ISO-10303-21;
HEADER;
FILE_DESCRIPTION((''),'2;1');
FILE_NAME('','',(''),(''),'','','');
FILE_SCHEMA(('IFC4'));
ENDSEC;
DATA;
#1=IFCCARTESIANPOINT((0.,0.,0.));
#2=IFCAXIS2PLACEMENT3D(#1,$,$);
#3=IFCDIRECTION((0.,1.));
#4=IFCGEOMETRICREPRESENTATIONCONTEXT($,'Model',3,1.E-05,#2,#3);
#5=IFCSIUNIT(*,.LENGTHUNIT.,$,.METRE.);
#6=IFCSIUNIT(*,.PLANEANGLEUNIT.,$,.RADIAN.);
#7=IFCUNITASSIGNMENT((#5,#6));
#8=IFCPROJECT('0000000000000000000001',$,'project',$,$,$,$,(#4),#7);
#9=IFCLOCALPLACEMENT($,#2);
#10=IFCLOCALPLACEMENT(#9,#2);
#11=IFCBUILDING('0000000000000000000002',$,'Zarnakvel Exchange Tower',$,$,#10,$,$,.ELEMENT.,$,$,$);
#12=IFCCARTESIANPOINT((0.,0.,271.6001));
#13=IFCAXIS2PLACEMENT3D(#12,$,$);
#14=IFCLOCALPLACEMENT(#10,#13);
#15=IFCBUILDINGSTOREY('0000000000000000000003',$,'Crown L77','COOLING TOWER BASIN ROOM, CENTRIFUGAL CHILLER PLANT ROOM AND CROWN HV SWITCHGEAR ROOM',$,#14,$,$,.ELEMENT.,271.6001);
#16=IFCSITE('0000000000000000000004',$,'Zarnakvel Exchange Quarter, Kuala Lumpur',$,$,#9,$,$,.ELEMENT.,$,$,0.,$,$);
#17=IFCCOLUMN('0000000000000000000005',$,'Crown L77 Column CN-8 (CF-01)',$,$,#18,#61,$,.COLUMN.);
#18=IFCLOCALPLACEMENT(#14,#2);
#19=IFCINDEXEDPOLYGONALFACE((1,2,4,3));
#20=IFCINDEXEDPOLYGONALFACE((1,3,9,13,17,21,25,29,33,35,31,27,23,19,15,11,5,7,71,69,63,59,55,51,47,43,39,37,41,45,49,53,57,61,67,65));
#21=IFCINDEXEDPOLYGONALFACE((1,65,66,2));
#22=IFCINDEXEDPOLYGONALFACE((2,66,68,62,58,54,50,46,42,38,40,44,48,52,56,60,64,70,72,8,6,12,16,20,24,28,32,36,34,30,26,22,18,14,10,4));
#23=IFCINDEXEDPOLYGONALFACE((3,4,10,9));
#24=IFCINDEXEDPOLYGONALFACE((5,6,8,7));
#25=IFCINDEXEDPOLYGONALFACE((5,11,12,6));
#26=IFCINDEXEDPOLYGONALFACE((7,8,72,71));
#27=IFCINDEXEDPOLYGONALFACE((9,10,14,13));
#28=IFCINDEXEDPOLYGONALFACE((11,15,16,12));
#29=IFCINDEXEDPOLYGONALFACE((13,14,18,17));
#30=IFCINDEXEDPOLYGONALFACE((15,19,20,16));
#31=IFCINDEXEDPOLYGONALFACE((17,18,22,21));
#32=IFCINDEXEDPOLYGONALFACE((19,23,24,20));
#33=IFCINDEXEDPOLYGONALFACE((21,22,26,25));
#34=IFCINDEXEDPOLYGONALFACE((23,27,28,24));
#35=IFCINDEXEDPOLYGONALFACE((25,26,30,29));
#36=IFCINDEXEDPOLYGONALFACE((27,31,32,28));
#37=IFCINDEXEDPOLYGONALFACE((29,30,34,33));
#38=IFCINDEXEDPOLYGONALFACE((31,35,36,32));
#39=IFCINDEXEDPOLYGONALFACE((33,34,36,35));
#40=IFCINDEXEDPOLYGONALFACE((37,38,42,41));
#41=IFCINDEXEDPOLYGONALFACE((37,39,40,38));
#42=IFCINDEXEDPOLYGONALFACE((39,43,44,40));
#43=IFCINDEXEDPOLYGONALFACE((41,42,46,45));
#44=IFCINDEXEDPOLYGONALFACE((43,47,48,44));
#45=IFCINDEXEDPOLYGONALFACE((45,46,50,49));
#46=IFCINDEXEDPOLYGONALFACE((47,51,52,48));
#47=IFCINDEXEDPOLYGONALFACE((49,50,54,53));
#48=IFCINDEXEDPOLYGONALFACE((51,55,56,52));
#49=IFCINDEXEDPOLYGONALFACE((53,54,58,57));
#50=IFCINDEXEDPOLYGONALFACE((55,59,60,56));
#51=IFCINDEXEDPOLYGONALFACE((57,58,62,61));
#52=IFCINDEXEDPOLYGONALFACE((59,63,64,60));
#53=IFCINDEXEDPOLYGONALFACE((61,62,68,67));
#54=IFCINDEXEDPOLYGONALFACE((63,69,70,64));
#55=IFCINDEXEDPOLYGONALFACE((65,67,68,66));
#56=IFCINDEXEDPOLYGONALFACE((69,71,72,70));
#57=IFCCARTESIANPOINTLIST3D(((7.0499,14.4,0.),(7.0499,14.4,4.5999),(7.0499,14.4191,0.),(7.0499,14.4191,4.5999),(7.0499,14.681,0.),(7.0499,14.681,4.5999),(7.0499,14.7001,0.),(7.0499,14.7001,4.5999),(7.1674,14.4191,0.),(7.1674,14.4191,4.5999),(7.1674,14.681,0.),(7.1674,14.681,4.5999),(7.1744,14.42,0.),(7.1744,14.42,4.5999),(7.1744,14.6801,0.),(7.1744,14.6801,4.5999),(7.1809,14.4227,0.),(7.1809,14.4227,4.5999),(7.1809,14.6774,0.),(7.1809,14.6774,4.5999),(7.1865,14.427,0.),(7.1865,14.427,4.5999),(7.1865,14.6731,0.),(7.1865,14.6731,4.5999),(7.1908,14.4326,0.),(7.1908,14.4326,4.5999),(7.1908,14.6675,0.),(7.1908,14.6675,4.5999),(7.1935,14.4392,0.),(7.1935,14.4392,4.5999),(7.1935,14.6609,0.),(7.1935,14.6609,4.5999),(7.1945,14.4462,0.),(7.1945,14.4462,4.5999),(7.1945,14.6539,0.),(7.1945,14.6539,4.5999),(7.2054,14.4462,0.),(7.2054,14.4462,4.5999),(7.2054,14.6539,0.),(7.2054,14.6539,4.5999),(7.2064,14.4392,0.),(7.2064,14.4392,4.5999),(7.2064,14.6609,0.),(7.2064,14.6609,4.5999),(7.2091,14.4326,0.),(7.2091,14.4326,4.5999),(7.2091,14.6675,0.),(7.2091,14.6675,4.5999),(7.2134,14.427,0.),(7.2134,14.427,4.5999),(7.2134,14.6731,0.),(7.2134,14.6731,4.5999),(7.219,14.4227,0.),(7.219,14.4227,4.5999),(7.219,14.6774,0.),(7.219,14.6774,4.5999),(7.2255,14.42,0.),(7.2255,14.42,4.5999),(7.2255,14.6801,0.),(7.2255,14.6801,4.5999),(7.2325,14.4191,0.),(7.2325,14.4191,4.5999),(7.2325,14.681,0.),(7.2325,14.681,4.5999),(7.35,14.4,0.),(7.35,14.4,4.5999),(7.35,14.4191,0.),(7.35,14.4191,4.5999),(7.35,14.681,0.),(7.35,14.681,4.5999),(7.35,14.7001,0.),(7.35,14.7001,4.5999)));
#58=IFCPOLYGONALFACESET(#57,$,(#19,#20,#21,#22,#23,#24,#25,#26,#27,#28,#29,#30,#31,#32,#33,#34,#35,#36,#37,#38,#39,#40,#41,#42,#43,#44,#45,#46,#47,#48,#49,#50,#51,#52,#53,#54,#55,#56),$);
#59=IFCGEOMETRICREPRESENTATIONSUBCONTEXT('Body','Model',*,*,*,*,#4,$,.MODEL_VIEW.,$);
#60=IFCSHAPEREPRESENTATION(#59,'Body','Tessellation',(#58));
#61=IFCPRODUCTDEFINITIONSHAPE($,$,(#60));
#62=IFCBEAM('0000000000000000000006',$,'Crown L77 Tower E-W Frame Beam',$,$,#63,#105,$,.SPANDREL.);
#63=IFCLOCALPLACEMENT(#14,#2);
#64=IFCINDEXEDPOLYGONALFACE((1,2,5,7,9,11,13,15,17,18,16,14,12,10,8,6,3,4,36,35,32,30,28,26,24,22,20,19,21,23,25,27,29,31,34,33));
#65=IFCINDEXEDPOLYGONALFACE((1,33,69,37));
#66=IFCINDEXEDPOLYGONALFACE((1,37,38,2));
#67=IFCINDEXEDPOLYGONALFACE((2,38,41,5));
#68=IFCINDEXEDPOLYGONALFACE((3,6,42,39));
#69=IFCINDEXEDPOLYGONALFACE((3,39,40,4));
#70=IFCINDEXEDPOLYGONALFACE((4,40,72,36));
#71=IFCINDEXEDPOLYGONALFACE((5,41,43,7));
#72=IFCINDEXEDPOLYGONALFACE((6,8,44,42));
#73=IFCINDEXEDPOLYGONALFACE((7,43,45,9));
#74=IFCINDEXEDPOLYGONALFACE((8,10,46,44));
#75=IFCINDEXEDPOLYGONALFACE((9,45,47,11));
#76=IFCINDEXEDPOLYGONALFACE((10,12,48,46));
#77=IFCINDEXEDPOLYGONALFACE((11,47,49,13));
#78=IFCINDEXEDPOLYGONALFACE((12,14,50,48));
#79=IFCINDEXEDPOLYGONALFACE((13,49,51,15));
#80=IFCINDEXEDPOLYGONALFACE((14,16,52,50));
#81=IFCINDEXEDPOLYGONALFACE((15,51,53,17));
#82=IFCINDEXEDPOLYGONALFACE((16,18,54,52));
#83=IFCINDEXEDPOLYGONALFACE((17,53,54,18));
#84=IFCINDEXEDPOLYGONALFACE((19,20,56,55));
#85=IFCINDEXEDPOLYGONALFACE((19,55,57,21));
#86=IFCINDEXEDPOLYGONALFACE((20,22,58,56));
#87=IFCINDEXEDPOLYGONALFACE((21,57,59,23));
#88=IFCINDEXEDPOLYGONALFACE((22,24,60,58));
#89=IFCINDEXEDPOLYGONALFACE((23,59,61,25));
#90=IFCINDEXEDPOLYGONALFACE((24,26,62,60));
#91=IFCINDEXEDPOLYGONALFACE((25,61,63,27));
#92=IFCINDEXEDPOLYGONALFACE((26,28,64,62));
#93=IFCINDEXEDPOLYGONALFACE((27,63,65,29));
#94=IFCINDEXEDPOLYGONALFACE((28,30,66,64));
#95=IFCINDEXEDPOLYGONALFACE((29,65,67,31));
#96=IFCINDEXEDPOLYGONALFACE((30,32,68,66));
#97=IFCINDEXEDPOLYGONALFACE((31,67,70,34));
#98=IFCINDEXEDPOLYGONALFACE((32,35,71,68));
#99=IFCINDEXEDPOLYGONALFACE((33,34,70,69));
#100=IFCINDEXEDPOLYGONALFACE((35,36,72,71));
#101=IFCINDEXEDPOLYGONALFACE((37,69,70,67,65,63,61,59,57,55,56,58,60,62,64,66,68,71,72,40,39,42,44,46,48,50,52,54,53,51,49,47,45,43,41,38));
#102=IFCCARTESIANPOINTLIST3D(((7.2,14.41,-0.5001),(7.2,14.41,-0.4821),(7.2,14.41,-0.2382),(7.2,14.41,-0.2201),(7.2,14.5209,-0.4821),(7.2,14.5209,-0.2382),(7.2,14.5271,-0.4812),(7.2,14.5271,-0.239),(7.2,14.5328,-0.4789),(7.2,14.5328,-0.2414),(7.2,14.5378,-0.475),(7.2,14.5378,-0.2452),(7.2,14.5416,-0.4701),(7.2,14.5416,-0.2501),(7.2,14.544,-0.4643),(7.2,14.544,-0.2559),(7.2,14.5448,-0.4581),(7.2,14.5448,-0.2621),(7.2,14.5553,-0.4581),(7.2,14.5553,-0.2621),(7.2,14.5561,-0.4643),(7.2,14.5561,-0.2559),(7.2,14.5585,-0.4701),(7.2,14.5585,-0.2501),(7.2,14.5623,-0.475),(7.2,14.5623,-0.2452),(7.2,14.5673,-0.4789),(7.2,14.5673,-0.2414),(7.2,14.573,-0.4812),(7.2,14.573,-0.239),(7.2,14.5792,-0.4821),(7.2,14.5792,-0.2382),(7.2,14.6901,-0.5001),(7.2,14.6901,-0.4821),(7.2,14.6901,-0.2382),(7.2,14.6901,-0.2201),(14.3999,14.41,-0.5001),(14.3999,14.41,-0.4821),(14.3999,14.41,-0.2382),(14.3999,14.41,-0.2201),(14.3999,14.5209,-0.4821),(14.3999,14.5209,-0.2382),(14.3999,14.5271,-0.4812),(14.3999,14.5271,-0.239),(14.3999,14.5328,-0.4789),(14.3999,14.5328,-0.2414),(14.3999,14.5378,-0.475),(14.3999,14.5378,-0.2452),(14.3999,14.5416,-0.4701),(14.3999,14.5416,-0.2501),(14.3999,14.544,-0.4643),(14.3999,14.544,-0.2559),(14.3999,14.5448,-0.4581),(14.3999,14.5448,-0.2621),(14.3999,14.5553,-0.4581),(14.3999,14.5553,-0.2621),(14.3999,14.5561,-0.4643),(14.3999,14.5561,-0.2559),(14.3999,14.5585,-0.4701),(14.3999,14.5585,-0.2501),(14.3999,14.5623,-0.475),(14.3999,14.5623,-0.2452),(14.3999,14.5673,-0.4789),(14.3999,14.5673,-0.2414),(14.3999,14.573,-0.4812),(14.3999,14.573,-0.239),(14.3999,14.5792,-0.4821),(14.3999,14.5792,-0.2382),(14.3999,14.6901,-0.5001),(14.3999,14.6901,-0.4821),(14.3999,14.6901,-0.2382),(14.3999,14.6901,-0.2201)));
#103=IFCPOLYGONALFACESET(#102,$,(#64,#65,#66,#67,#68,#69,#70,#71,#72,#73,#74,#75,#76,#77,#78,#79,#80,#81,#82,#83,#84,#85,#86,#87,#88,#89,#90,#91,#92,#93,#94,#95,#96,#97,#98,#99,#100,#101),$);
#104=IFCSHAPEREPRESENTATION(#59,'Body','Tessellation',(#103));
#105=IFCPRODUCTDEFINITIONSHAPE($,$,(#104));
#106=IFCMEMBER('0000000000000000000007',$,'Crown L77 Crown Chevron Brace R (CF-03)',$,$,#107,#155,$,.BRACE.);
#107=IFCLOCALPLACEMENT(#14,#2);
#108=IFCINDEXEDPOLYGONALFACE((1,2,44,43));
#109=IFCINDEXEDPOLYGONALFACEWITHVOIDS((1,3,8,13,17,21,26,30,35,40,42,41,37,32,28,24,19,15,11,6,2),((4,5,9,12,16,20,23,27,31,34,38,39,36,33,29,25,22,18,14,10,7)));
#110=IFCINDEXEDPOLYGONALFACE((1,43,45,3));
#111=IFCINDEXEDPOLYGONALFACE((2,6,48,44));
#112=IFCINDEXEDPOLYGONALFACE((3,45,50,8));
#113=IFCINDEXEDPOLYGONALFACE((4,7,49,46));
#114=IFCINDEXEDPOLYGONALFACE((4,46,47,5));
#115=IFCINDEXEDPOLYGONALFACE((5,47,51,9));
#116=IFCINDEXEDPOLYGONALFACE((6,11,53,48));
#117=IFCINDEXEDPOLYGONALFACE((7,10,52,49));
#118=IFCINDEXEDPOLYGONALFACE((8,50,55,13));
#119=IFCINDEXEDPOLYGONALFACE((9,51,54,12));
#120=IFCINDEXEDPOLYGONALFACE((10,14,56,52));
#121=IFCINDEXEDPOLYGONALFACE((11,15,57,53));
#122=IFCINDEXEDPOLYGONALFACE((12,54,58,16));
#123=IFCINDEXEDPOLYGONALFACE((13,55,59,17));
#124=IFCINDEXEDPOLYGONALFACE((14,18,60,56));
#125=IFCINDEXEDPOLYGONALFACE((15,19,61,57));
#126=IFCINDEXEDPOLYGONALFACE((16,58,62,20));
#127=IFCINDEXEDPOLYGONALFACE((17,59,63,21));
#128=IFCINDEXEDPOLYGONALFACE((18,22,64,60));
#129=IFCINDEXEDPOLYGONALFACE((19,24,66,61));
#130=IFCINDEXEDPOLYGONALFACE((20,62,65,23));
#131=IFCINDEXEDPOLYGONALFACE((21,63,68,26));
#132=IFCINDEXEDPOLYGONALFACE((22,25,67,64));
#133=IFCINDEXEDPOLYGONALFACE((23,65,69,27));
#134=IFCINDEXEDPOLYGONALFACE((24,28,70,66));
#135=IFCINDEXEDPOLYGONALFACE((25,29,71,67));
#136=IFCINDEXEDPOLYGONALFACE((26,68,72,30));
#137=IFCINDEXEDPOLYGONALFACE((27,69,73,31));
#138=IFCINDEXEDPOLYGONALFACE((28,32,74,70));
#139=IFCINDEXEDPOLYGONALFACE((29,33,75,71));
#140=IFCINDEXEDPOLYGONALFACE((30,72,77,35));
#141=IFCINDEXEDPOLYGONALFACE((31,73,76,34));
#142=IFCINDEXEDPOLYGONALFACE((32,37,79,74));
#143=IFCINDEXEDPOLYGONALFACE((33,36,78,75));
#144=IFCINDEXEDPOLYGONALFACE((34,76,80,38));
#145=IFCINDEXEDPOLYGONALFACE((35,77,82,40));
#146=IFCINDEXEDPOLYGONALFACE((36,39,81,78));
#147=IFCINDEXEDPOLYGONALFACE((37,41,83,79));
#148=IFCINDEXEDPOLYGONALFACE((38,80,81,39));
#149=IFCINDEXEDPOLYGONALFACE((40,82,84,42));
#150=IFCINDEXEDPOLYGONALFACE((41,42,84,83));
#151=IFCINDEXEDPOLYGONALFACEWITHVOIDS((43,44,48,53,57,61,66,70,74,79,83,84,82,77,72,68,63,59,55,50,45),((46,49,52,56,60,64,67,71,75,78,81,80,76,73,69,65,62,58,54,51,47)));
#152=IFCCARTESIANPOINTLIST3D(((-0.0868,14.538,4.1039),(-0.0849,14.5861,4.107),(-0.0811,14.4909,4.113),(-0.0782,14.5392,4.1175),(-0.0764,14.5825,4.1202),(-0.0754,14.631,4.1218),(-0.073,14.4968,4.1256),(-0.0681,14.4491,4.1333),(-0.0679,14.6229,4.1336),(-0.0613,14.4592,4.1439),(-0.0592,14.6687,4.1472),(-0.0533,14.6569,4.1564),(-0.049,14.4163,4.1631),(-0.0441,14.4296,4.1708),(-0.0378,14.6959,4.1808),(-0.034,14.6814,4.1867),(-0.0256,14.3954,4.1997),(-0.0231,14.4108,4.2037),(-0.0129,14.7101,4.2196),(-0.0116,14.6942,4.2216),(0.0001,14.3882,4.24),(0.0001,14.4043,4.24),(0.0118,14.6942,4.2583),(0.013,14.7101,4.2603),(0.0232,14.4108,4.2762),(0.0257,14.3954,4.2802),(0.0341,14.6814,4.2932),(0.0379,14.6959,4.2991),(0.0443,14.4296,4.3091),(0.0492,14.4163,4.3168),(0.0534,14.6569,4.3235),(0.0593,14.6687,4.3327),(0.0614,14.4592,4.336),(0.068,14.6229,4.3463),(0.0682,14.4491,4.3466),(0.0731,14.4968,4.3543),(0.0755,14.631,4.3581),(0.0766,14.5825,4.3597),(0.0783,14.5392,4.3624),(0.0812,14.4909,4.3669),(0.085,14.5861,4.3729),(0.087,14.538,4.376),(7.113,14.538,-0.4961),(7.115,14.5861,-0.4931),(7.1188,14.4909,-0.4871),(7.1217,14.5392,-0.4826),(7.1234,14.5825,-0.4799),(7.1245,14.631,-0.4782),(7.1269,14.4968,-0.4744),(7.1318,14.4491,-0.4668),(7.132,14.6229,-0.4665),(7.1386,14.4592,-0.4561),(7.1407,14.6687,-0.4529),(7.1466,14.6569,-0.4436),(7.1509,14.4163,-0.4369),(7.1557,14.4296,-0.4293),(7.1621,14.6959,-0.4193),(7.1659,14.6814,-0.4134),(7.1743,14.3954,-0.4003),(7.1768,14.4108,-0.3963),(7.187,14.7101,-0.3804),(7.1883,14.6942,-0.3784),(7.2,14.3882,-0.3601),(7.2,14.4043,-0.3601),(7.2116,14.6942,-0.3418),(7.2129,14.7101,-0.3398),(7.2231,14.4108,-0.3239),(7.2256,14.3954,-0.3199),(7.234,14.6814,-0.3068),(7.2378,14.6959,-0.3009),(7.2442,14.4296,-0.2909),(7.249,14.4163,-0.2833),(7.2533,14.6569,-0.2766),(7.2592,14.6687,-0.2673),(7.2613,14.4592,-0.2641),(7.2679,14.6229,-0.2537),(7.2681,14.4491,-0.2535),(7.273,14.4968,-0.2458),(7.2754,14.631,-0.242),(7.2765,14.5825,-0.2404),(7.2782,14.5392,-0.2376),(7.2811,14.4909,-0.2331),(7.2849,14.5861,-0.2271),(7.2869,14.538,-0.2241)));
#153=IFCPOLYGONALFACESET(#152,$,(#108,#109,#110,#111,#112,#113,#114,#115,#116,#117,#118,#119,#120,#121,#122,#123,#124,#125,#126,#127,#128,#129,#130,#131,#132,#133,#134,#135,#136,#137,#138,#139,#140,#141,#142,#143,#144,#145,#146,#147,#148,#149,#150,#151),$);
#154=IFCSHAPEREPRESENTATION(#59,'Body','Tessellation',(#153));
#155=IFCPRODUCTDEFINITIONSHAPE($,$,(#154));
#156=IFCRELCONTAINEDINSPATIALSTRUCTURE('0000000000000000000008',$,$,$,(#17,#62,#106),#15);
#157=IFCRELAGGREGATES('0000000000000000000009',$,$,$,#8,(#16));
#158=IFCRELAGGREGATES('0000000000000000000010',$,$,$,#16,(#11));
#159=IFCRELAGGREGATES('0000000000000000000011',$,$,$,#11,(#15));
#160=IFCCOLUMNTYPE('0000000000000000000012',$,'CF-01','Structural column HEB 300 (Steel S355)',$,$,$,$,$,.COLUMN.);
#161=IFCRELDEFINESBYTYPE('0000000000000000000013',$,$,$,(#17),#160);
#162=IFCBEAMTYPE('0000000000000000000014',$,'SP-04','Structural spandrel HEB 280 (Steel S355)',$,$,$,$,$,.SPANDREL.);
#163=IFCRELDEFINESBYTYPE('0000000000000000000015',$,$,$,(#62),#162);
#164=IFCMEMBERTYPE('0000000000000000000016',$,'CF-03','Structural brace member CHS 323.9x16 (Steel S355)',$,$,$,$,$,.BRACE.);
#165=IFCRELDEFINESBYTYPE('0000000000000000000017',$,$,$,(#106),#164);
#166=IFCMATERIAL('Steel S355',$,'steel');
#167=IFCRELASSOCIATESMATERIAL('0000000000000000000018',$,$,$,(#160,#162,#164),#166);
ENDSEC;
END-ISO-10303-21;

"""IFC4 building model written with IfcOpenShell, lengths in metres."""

from ifc_helpers import new_model, si_unit, direction, frame, origin, origin_2d, place, context, subcontext, project, spatial, hollow_circle, i_section, extrude, source, transform, mapped, material, material_profile, profile_set, type_object, element, save


model = new_model("IFC4")

# Units and contexts
model_context = context("Model", 3, precision=1e-05, world=origin(), true_north=direction((0.0, 1.0)))
body_context = subcontext(model_context, "Body", "Model", "MODEL_VIEW")
ifc_project = project(units=[si_unit("LENGTHUNIT", "METRE"), si_unit("PLANEANGLEUNIT", "RADIAN")], contexts=[model_context])

# Site, building, storey
site_placement = place(None, origin())
site = spatial("IfcSite", under=ifc_project, at=site_placement, Name="Zarnakvel Exchange Quarter, Kuala Lumpur", CompositionType="ELEMENT", RefElevation=0.0)
building_placement = place(site_placement, origin())
building = spatial("IfcBuilding", under=site, at=building_placement, Name="Zarnakvel Exchange Tower", CompositionType="ELEMENT")
storey_placement = place(building_placement, frame((0.0, 0.0, 271.6001)))
storey = spatial("IfcBuildingStorey", under=building, at=storey_placement, Name="Crown L77", Description="COOLING TOWER BASIN ROOM, CENTRIFUGAL CHILLER PLANT ROOM AND CROWN HV SWITCHGEAR ROOM", CompositionType="ELEMENT", Elevation=271.6001)

# Column
ifc_material_1 = material(Name="Steel S355", Category="steel")
ifc_material_profile_1 = material_profile(ifc_material_1, i_section(OverallWidth=0.3, OverallDepth=0.3, WebThickness=0.011, FlangeThickness=0.019, FilletRadius=0.0271, at=origin_2d()))
ifc_profile_set_1 = profile_set([ifc_material_profile_1], Name="Steel S355")
column_type = type_object("IfcColumnType", Name="CF-01", Description="Structural column HEB 300 (Steel S355)", PredefinedType="COLUMN", material=ifc_profile_set_1)
column_placement = place(storey_placement, frame((7.2, 14.55, 0.0), z_axis=(0.0, 0.0, 1.0), x_axis=(1.0, 0.0, 0.0)))
element("IfcColumn", 1, at=column_placement, inside=storey, type_object=column_type, Name="Crown L77 Column CN-8 (CF-01)", PredefinedType="COLUMN", context=body_context, shape_type="SweptSolid", body=[
    extrude(i_section(OverallWidth=0.3, OverallDepth=0.3, WebThickness=0.011, FlangeThickness=0.019, FilletRadius=0.0271, at=origin_2d()), origin(), (0.0, 0.0, 1.0), 4.5999),
])

# Beam
ifc_material_profile_2 = material_profile(ifc_material_1, i_section(OverallWidth=0.28, OverallDepth=0.28, WebThickness=0.0105, FlangeThickness=0.0181, FilletRadius=0.0239, at=origin_2d()))
ifc_profile_set_2 = profile_set([ifc_material_profile_2], Name="Steel S355")
beam_type = type_object("IfcBeamType", Name="SP-04", Description="Structural spandrel HEB 280 (Steel S355)", PredefinedType="SPANDREL", material=ifc_profile_set_2)
beam_placement = place(storey_placement, frame((7.2, 14.55, -0.3601), z_axis=(1.0, 0.0, 0.0), x_axis=(0.0, 1.0, 0.0)))
element("IfcBeam", 2, at=beam_placement, inside=storey, type_object=beam_type, Name="Crown L77 Tower E-W Frame Beam", PredefinedType="SPANDREL", context=body_context, shape_type="SweptSolid", body=[
    extrude(i_section(OverallWidth=0.28, OverallDepth=0.28, WebThickness=0.0105, FlangeThickness=0.0181, FilletRadius=0.0239, at=origin_2d()), origin(), (0.0, 0.0, 1.0), 7.2),
])

# Member
ifc_material_profile_3 = material_profile(ifc_material_1, hollow_circle(Radius=0.1619, WallThickness=0.0161, at=origin_2d()))
ifc_profile_set_3 = profile_set([ifc_material_profile_3], Name="Steel S355")
member_type_1 = type_object("IfcMemberType", Name="CF-03", Description="Structural brace member CHS 323.9x16 (Steel S355)", PredefinedType="BRACE", material=ifc_profile_set_3)
shared_shape_1 = source(origin(), body_context, "Body", "SweptSolid", [
    extrude(hollow_circle(Radius=0.1619, WallThickness=0.0161, at=origin_2d()), origin(), (0.0, 0.0, 1.0), 8.5439),
])
member_1_placement = place(storey_placement, frame((7.2, 14.55, -0.3601), z_axis=(-0.842689, 0.0, 0.5384), x_axis=(0.0, -1.0, 0.0)))
element("IfcMember", 3, at=member_1_placement, inside=storey, type_object=member_type_1, Name="Crown L77 Crown Chevron Brace R (CF-03)", PredefinedType="BRACE", context=body_context, shape_type="MappedRepresentation", body=[
    mapped(shared_shape_1, transform((0.0, 0.0, 0.0), x_axis=(1.0, 0.0, 0.0), y_axis=(0.0, 1.0, 0.0), z_axis=(0.0, 0.0, 1.0), scale=1.0)),
])

save(model, "model.ifc")
